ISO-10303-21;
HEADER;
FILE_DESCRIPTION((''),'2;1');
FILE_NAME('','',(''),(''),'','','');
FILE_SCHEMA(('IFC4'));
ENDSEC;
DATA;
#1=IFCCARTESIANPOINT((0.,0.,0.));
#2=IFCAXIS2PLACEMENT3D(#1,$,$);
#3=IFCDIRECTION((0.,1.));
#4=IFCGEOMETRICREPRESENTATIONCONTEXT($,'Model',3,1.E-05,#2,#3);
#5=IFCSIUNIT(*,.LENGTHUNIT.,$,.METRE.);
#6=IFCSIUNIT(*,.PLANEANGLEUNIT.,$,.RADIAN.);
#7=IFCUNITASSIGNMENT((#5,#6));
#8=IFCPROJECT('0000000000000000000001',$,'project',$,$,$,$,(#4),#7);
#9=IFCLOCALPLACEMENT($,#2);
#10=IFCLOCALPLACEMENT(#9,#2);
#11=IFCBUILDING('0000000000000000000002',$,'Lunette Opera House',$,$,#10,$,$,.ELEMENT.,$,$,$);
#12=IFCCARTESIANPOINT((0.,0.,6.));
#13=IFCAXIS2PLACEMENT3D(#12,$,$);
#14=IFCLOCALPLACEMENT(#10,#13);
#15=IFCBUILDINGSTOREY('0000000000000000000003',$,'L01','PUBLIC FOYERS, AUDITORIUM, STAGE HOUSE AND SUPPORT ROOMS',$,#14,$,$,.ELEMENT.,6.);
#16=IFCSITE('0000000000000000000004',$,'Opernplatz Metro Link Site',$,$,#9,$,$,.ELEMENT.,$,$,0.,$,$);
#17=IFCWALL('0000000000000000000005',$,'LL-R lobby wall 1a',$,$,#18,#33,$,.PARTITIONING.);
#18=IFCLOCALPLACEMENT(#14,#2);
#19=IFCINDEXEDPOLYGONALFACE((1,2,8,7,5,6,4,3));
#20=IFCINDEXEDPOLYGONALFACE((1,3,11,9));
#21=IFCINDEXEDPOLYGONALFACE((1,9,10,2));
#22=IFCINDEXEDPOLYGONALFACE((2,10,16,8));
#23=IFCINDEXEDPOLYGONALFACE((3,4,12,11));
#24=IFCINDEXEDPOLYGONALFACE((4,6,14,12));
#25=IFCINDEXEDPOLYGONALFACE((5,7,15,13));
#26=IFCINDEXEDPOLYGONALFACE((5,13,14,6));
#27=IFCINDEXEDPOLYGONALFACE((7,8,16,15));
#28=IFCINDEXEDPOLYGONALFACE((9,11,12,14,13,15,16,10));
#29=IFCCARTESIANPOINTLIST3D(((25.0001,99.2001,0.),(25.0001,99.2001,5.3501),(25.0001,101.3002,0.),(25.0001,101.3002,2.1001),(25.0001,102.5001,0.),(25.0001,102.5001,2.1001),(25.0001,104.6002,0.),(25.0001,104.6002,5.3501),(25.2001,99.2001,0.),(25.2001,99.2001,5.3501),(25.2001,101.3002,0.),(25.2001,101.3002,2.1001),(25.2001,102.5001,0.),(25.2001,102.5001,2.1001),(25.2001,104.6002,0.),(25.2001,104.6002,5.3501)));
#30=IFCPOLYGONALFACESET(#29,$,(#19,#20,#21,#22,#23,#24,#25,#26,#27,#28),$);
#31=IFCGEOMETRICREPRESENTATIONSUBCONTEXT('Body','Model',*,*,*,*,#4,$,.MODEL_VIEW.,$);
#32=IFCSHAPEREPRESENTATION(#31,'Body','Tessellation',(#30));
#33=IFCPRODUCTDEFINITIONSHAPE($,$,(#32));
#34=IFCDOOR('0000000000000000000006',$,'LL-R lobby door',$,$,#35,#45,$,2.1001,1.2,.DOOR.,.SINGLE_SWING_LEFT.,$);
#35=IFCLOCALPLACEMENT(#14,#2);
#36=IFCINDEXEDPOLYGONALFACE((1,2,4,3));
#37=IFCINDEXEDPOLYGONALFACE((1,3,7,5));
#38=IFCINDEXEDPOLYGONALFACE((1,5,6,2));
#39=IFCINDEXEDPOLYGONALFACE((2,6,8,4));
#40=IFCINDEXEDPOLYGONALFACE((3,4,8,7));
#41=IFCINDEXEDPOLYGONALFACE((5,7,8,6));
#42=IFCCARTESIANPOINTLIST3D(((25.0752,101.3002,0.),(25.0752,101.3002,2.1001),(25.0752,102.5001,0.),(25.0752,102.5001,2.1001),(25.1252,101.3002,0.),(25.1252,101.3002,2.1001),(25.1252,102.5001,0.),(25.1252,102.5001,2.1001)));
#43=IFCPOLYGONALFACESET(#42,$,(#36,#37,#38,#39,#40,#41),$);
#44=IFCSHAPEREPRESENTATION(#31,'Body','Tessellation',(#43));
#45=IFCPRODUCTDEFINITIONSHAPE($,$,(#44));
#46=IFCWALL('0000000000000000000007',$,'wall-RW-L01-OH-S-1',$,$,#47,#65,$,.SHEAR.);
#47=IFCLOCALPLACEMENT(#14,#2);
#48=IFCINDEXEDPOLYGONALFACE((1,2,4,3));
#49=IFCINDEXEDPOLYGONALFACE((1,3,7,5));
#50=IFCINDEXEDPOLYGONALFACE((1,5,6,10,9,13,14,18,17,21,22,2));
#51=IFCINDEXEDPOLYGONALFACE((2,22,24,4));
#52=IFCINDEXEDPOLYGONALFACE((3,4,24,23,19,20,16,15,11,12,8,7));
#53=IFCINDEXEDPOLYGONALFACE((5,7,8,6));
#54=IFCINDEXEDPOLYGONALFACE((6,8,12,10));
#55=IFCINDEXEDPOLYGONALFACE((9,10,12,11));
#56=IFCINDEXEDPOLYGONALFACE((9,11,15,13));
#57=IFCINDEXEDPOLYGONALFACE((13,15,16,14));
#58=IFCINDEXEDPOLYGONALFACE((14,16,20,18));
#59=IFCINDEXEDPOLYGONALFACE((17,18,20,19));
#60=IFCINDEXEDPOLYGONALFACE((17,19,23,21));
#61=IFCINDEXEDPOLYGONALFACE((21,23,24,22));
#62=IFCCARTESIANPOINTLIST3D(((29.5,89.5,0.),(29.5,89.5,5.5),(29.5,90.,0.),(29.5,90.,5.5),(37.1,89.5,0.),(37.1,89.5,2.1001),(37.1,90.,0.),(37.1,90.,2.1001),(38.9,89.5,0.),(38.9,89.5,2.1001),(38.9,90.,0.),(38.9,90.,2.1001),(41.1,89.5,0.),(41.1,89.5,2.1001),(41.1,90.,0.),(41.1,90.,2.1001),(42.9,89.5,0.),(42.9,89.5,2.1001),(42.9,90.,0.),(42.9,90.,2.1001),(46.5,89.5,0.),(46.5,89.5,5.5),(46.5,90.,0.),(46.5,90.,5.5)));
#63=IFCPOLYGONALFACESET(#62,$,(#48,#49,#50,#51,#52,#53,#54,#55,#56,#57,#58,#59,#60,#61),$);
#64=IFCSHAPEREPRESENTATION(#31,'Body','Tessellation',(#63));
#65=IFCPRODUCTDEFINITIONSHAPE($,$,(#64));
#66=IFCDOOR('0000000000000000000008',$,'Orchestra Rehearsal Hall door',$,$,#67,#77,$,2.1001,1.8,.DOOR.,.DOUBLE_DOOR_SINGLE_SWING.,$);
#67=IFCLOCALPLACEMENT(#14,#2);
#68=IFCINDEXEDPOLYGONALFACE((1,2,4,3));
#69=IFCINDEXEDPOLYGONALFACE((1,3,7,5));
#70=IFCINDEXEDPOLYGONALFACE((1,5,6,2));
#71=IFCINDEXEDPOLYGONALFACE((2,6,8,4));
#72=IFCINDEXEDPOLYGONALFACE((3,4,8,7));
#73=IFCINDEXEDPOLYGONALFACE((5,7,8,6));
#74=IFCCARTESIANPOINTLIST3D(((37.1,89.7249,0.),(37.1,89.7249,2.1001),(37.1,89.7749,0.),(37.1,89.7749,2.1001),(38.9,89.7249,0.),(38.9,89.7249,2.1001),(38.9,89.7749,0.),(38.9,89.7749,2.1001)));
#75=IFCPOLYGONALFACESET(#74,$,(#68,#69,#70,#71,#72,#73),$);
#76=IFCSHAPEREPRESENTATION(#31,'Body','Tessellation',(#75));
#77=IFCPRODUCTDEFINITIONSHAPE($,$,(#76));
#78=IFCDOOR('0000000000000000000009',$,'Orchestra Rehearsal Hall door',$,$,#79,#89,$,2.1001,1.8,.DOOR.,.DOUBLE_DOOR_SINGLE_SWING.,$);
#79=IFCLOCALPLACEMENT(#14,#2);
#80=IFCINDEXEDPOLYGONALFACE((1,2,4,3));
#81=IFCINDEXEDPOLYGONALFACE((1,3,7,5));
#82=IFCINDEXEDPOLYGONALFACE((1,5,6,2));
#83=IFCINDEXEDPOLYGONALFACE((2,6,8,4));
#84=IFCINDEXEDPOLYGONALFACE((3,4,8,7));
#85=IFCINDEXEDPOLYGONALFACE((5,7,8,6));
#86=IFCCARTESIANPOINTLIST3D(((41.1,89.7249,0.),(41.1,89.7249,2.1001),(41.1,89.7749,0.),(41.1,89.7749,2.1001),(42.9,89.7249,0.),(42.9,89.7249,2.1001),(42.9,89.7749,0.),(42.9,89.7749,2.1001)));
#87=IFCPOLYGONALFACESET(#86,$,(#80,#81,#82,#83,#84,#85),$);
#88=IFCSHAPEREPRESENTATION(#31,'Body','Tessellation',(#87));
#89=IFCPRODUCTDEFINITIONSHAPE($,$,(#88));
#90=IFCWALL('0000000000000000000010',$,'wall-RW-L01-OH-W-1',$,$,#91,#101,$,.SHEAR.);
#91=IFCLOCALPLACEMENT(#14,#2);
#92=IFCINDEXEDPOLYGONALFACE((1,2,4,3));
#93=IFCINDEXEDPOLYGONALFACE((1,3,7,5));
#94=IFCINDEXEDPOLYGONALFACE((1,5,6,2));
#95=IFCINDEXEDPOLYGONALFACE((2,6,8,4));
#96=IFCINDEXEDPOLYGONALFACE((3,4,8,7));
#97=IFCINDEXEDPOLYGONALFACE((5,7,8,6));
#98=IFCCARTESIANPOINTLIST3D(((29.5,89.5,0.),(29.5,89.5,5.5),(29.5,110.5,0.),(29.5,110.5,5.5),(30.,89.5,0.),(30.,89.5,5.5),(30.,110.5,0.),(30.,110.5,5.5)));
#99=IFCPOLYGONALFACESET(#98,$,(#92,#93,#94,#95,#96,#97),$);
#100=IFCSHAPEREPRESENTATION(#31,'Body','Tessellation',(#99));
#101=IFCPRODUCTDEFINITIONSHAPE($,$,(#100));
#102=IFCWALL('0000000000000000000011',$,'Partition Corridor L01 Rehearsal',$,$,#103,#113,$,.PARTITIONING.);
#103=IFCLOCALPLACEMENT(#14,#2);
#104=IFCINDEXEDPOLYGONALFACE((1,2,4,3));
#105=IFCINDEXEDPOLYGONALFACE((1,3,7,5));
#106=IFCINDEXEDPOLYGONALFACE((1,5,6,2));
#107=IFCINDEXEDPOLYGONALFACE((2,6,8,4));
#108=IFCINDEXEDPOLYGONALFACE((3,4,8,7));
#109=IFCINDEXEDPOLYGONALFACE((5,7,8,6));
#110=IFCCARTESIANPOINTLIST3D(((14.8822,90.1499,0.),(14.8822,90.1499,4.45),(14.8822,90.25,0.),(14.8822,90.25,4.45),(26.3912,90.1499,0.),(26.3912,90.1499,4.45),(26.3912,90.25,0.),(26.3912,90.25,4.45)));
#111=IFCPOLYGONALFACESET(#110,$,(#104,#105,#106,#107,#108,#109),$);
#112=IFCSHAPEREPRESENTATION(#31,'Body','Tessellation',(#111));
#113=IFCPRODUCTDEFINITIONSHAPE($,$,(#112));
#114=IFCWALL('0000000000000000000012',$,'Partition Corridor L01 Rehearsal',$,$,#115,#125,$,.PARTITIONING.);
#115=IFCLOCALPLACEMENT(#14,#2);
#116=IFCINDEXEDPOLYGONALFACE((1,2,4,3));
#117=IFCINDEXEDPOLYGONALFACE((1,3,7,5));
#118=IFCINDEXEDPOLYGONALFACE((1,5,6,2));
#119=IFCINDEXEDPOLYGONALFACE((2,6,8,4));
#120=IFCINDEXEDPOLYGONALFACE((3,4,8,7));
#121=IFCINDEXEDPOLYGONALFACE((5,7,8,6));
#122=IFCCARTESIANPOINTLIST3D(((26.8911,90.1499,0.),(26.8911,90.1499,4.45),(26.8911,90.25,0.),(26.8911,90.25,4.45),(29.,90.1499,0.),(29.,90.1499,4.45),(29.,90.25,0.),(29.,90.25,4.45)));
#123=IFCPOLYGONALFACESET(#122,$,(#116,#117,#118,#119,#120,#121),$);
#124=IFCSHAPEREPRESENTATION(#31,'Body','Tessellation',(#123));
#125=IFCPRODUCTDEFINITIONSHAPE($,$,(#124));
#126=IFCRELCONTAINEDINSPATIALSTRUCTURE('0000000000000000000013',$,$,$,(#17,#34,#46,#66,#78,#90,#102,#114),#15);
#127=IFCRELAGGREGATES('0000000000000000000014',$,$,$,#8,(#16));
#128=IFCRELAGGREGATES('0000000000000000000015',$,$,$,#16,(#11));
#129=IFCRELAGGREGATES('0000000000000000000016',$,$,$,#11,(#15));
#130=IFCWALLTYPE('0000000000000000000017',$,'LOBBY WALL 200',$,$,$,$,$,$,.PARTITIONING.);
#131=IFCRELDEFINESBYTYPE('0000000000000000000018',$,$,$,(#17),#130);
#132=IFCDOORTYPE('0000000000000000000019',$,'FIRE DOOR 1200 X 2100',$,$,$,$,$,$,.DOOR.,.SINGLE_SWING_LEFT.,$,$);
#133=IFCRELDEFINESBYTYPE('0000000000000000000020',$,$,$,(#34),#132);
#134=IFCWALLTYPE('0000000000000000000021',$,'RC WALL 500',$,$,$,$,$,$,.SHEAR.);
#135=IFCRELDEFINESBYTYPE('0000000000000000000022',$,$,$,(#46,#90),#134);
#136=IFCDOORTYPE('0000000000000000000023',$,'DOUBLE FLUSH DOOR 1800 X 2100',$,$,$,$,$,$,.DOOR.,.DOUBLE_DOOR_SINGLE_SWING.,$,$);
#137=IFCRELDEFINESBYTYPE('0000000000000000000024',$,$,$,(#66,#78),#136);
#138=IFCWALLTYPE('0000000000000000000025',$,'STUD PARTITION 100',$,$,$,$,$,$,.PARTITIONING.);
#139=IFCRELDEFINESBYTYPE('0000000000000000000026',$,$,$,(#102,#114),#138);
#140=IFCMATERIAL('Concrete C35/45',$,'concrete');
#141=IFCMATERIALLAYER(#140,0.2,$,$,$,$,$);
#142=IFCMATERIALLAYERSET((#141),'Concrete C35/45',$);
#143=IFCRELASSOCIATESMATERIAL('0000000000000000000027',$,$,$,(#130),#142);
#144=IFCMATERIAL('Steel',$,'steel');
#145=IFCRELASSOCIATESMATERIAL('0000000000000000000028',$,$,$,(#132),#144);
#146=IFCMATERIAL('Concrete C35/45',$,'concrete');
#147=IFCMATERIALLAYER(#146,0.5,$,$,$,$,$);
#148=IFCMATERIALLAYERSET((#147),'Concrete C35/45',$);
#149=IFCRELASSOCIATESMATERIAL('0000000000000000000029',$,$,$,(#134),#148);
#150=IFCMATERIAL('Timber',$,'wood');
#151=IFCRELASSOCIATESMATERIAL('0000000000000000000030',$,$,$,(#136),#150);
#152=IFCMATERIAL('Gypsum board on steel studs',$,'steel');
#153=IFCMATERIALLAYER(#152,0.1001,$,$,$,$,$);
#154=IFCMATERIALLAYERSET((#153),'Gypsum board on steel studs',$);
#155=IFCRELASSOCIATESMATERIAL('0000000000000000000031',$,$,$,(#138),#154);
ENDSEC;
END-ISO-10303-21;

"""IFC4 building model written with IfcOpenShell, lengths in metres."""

from ifc_helpers import new_model, si_unit, direction, frame, frame_2d, origin, place, context, subcontext, project, spatial, rectangle, extrude, material, layer, layer_set, type_object, element, fill, save


model = new_model("IFC4")

# Units and contexts
model_context = context("Model", 3, precision=1e-05, world=origin(), true_north=direction((0.0, 1.0)))
body_context = subcontext(model_context, "Body", "Model", "MODEL_VIEW")
ifc_project = project(units=[si_unit("LENGTHUNIT", "METRE"), si_unit("PLANEANGLEUNIT", "RADIAN")], contexts=[model_context])

# Site, building, storey
site_placement = place(None, origin())
site = spatial("IfcSite", under=ifc_project, at=site_placement, Name="Opernplatz Metro Link Site", CompositionType="ELEMENT", RefElevation=0.0)
building_placement = place(site_placement, origin())
building = spatial("IfcBuilding", under=site, at=building_placement, Name="Lunette Opera House", CompositionType="ELEMENT")
storey_placement = place(building_placement, frame((0.0, 0.0, 6.0)))
storey = spatial("IfcBuildingStorey", under=building, at=storey_placement, Name="L01", Description="PUBLIC FOYERS, AUDITORIUM, STAGE HOUSE AND SUPPORT ROOMS", CompositionType="ELEMENT", Elevation=6.0)

# Wall, opening, door
ifc_material_1 = material(Name="Concrete C35/45", Category="concrete")
ifc_layer_1 = layer(ifc_material_1, 0.2)
ifc_layer_set_1 = layer_set([ifc_layer_1], Name="Concrete C35/45")
wall_type_1 = type_object("IfcWallType", Name="LOBBY WALL 200", PredefinedType="PARTITIONING", material=ifc_layer_set_1)
wall_1_placement = place(storey_placement, frame((25.1001, 99.2, 0.0), z_axis=(0.0, 0.0, 1.0), x_axis=(0.0, 1.0, 0.0)))
wall_1 = element("IfcWall", 1, at=wall_1_placement, inside=storey, type_object=wall_type_1, Name="LL-R lobby wall 1a", PredefinedType="PARTITIONING", context=body_context, shape_type="SweptSolid", body=[
    extrude(rectangle(XDim=5.4001, YDim=0.2, at=frame_2d((2.7002, 0.0))), origin(), (0.0, 0.0, 1.0), 5.3501),
])
opening_1_placement = place(wall_1_placement, frame((2.1001, 0.0, 0.0)))
opening_1 = element("IfcOpeningElement", 2, at=opening_1_placement, cuts=wall_1, PredefinedType="OPENING", context=body_context, shape_type="SweptSolid", body=[
    extrude(rectangle(XDim=1.2, YDim=2.1001, at=frame_2d((0.6001, 1.05))), frame((0.0, 0.1121, 0.0), z_axis=(0.0, -1.0, 0.0), x_axis=(1.0, 0.0, 0.0)), (0.0, 0.0, 1.0), 0.2239),
])
ifc_material_2 = material(Name="Steel", Category="steel")
door_type_1 = type_object("IfcDoorType", Name="FIRE DOOR 1200 X 2100", OperationType="SINGLE_SWING_LEFT", PredefinedType="DOOR", material=ifc_material_2)
door_1_placement = place(opening_1_placement, origin())
door_1 = element("IfcDoor", 3, at=door_1_placement, inside=storey, type_object=door_type_1, Name="LL-R lobby door", OperationType="SINGLE_SWING_LEFT", OverallHeight=2.1001, OverallWidth=1.2, PredefinedType="DOOR", context=body_context, shape_type="SweptSolid", body=[
    extrude(rectangle(XDim=1.2, YDim=2.1001, at=frame_2d((0.6001, 1.05))), frame((0.0, 0.0249, 0.0), z_axis=(0.0, -1.0, 0.0), x_axis=(1.0, 0.0, 0.0)), (0.0, 0.0, 1.0), 0.05),
])
fill(opening_1, door_1)

# Wall, openings, doors
ifc_material_3 = material(Name="Concrete C35/45", Category="concrete")
ifc_layer_2 = layer(ifc_material_3, 0.5)
ifc_layer_set_2 = layer_set([ifc_layer_2], Name="Concrete C35/45")
wall_type_2 = type_object("IfcWallType", Name="RC WALL 500", PredefinedType="SHEAR", material=ifc_layer_set_2)
wall_2_placement = place(storey_placement, frame((29.5, 89.75, 0.0), z_axis=(0.0, 0.0, 1.0), x_axis=(1.0, 0.0, 0.0)))
wall_2 = element("IfcWall", 4, at=wall_2_placement, inside=storey, type_object=wall_type_2, Name="wall-RW-L01-OH-S-1", PredefinedType="SHEAR", context=body_context, shape_type="SweptSolid", body=[
    extrude(rectangle(XDim=17.0, YDim=0.5, at=frame_2d((8.5, 0.0))), origin(), (0.0, 0.0, 1.0), 5.5),
])
opening_2_placement = place(wall_2_placement, frame((7.6001, 0.0, 0.0)))
opening_2 = element("IfcOpeningElement", 5, at=opening_2_placement, cuts=wall_2, PredefinedType="OPENING", context=body_context, shape_type="SweptSolid", body=[
    extrude(rectangle(XDim=1.8, YDim=2.1001, at=frame_2d((0.8999, 1.05))), frame((0.0, 0.262, 0.0), z_axis=(0.0, -1.0, 0.0), x_axis=(1.0, 0.0, 0.0)), (0.0, 0.0, 1.0), 0.5239),
])
opening_3_placement = place(wall_2_placement, frame((11.6001, 0.0, 0.0)))
opening_3 = element("IfcOpeningElement", 6, at=opening_3_placement, cuts=wall_2, PredefinedType="OPENING", context=body_context, shape_type="SweptSolid", body=[
    extrude(rectangle(XDim=1.8, YDim=2.1001, at=frame_2d((0.8999, 1.05))), frame((0.0, 0.262, 0.0), z_axis=(0.0, -1.0, 0.0), x_axis=(1.0, 0.0, 0.0)), (0.0, 0.0, 1.0), 0.5239),
])
ifc_material_4 = material(Name="Timber", Category="wood")
door_type_2 = type_object("IfcDoorType", Name="DOUBLE FLUSH DOOR 1800 X 2100", OperationType="DOUBLE_DOOR_SINGLE_SWING", PredefinedType="DOOR", material=ifc_material_4)
door_2_placement = place(opening_2_placement, origin())
door_2 = element("IfcDoor", 7, at=door_2_placement, inside=storey, type_object=door_type_2, Name="Orchestra Rehearsal Hall door", OperationType="DOUBLE_DOOR_SINGLE_SWING", OverallHeight=2.1001, OverallWidth=1.8, PredefinedType="DOOR", context=body_context, shape_type="SweptSolid", body=[
    extrude(rectangle(XDim=1.8, YDim=2.1001, at=frame_2d((0.8999, 1.05))), frame((0.0, 0.0249, 0.0), z_axis=(0.0, -1.0, 0.0), x_axis=(1.0, 0.0, 0.0)), (0.0, 0.0, 1.0), 0.05),
])
fill(opening_2, door_2)
door_3_placement = place(opening_3_placement, origin())
door_3 = element("IfcDoor", 8, at=door_3_placement, inside=storey, type_object=door_type_2, Name="Orchestra Rehearsal Hall door", OperationType="DOUBLE_DOOR_SINGLE_SWING", OverallHeight=2.1001, OverallWidth=1.8, PredefinedType="DOOR", context=body_context, shape_type="SweptSolid", body=[
    extrude(rectangle(XDim=1.8, YDim=2.1001, at=frame_2d((0.8999, 1.05))), frame((0.0, 0.0249, 0.0), z_axis=(0.0, -1.0, 0.0), x_axis=(1.0, 0.0, 0.0)), (0.0, 0.0, 1.0), 0.05),
])
fill(opening_3, door_3)

# Walls
wall_3_placement = place(storey_placement, frame((29.75, 89.5, 0.0), z_axis=(0.0, 0.0, 1.0), x_axis=(0.0, 1.0, 0.0)))
element("IfcWall", 9, at=wall_3_placement, inside=storey, type_object=wall_type_2, Name="wall-RW-L01-OH-W-1", PredefinedType="SHEAR", context=body_context, shape_type="SweptSolid", body=[
    extrude(rectangle(XDim=21.0, YDim=0.5, at=frame_2d((10.5, 0.0))), origin(), (0.0, 0.0, 1.0), 5.5),
])
ifc_material_5 = material(Name="Gypsum board on steel studs", Category="steel")
ifc_layer_3 = layer(ifc_material_5, 0.1001)
ifc_layer_set_3 = layer_set([ifc_layer_3], Name="Gypsum board on steel studs")
wall_type_3 = type_object("IfcWallType", Name="STUD PARTITION 100", PredefinedType="PARTITIONING", material=ifc_layer_set_3)
wall_4_placement = place(storey_placement, frame((26.3911, 90.2, 0.0), z_axis=(0.0, 0.0, 1.0), x_axis=(-1.0, 0.0, 0.0)))
element("IfcWall", 10, at=wall_4_placement, inside=storey, type_object=wall_type_3, Name="Partition Corridor L01 Rehearsal", PredefinedType="PARTITIONING", context=body_context, shape_type="SweptSolid", body=[
    extrude(rectangle(XDim=11.509, YDim=0.1001, at=frame_2d((5.7544, 0.0))), origin(), (0.0, 0.0, 1.0), 4.45),
])
wall_5_placement = place(storey_placement, frame((29.0, 90.2, 0.0), z_axis=(0.0, 0.0, 1.0), x_axis=(-1.0, 0.0, 0.0)))
element("IfcWall", 11, at=wall_5_placement, inside=storey, type_object=wall_type_3, Name="Partition Corridor L01 Rehearsal", PredefinedType="PARTITIONING", context=body_context, shape_type="SweptSolid", body=[
    extrude(rectangle(XDim=2.1089, YDim=0.1001, at=frame_2d((1.0544, 0.0))), origin(), (0.0, 0.0, 1.0), 4.45),
])

save(model, "model.ifc")
